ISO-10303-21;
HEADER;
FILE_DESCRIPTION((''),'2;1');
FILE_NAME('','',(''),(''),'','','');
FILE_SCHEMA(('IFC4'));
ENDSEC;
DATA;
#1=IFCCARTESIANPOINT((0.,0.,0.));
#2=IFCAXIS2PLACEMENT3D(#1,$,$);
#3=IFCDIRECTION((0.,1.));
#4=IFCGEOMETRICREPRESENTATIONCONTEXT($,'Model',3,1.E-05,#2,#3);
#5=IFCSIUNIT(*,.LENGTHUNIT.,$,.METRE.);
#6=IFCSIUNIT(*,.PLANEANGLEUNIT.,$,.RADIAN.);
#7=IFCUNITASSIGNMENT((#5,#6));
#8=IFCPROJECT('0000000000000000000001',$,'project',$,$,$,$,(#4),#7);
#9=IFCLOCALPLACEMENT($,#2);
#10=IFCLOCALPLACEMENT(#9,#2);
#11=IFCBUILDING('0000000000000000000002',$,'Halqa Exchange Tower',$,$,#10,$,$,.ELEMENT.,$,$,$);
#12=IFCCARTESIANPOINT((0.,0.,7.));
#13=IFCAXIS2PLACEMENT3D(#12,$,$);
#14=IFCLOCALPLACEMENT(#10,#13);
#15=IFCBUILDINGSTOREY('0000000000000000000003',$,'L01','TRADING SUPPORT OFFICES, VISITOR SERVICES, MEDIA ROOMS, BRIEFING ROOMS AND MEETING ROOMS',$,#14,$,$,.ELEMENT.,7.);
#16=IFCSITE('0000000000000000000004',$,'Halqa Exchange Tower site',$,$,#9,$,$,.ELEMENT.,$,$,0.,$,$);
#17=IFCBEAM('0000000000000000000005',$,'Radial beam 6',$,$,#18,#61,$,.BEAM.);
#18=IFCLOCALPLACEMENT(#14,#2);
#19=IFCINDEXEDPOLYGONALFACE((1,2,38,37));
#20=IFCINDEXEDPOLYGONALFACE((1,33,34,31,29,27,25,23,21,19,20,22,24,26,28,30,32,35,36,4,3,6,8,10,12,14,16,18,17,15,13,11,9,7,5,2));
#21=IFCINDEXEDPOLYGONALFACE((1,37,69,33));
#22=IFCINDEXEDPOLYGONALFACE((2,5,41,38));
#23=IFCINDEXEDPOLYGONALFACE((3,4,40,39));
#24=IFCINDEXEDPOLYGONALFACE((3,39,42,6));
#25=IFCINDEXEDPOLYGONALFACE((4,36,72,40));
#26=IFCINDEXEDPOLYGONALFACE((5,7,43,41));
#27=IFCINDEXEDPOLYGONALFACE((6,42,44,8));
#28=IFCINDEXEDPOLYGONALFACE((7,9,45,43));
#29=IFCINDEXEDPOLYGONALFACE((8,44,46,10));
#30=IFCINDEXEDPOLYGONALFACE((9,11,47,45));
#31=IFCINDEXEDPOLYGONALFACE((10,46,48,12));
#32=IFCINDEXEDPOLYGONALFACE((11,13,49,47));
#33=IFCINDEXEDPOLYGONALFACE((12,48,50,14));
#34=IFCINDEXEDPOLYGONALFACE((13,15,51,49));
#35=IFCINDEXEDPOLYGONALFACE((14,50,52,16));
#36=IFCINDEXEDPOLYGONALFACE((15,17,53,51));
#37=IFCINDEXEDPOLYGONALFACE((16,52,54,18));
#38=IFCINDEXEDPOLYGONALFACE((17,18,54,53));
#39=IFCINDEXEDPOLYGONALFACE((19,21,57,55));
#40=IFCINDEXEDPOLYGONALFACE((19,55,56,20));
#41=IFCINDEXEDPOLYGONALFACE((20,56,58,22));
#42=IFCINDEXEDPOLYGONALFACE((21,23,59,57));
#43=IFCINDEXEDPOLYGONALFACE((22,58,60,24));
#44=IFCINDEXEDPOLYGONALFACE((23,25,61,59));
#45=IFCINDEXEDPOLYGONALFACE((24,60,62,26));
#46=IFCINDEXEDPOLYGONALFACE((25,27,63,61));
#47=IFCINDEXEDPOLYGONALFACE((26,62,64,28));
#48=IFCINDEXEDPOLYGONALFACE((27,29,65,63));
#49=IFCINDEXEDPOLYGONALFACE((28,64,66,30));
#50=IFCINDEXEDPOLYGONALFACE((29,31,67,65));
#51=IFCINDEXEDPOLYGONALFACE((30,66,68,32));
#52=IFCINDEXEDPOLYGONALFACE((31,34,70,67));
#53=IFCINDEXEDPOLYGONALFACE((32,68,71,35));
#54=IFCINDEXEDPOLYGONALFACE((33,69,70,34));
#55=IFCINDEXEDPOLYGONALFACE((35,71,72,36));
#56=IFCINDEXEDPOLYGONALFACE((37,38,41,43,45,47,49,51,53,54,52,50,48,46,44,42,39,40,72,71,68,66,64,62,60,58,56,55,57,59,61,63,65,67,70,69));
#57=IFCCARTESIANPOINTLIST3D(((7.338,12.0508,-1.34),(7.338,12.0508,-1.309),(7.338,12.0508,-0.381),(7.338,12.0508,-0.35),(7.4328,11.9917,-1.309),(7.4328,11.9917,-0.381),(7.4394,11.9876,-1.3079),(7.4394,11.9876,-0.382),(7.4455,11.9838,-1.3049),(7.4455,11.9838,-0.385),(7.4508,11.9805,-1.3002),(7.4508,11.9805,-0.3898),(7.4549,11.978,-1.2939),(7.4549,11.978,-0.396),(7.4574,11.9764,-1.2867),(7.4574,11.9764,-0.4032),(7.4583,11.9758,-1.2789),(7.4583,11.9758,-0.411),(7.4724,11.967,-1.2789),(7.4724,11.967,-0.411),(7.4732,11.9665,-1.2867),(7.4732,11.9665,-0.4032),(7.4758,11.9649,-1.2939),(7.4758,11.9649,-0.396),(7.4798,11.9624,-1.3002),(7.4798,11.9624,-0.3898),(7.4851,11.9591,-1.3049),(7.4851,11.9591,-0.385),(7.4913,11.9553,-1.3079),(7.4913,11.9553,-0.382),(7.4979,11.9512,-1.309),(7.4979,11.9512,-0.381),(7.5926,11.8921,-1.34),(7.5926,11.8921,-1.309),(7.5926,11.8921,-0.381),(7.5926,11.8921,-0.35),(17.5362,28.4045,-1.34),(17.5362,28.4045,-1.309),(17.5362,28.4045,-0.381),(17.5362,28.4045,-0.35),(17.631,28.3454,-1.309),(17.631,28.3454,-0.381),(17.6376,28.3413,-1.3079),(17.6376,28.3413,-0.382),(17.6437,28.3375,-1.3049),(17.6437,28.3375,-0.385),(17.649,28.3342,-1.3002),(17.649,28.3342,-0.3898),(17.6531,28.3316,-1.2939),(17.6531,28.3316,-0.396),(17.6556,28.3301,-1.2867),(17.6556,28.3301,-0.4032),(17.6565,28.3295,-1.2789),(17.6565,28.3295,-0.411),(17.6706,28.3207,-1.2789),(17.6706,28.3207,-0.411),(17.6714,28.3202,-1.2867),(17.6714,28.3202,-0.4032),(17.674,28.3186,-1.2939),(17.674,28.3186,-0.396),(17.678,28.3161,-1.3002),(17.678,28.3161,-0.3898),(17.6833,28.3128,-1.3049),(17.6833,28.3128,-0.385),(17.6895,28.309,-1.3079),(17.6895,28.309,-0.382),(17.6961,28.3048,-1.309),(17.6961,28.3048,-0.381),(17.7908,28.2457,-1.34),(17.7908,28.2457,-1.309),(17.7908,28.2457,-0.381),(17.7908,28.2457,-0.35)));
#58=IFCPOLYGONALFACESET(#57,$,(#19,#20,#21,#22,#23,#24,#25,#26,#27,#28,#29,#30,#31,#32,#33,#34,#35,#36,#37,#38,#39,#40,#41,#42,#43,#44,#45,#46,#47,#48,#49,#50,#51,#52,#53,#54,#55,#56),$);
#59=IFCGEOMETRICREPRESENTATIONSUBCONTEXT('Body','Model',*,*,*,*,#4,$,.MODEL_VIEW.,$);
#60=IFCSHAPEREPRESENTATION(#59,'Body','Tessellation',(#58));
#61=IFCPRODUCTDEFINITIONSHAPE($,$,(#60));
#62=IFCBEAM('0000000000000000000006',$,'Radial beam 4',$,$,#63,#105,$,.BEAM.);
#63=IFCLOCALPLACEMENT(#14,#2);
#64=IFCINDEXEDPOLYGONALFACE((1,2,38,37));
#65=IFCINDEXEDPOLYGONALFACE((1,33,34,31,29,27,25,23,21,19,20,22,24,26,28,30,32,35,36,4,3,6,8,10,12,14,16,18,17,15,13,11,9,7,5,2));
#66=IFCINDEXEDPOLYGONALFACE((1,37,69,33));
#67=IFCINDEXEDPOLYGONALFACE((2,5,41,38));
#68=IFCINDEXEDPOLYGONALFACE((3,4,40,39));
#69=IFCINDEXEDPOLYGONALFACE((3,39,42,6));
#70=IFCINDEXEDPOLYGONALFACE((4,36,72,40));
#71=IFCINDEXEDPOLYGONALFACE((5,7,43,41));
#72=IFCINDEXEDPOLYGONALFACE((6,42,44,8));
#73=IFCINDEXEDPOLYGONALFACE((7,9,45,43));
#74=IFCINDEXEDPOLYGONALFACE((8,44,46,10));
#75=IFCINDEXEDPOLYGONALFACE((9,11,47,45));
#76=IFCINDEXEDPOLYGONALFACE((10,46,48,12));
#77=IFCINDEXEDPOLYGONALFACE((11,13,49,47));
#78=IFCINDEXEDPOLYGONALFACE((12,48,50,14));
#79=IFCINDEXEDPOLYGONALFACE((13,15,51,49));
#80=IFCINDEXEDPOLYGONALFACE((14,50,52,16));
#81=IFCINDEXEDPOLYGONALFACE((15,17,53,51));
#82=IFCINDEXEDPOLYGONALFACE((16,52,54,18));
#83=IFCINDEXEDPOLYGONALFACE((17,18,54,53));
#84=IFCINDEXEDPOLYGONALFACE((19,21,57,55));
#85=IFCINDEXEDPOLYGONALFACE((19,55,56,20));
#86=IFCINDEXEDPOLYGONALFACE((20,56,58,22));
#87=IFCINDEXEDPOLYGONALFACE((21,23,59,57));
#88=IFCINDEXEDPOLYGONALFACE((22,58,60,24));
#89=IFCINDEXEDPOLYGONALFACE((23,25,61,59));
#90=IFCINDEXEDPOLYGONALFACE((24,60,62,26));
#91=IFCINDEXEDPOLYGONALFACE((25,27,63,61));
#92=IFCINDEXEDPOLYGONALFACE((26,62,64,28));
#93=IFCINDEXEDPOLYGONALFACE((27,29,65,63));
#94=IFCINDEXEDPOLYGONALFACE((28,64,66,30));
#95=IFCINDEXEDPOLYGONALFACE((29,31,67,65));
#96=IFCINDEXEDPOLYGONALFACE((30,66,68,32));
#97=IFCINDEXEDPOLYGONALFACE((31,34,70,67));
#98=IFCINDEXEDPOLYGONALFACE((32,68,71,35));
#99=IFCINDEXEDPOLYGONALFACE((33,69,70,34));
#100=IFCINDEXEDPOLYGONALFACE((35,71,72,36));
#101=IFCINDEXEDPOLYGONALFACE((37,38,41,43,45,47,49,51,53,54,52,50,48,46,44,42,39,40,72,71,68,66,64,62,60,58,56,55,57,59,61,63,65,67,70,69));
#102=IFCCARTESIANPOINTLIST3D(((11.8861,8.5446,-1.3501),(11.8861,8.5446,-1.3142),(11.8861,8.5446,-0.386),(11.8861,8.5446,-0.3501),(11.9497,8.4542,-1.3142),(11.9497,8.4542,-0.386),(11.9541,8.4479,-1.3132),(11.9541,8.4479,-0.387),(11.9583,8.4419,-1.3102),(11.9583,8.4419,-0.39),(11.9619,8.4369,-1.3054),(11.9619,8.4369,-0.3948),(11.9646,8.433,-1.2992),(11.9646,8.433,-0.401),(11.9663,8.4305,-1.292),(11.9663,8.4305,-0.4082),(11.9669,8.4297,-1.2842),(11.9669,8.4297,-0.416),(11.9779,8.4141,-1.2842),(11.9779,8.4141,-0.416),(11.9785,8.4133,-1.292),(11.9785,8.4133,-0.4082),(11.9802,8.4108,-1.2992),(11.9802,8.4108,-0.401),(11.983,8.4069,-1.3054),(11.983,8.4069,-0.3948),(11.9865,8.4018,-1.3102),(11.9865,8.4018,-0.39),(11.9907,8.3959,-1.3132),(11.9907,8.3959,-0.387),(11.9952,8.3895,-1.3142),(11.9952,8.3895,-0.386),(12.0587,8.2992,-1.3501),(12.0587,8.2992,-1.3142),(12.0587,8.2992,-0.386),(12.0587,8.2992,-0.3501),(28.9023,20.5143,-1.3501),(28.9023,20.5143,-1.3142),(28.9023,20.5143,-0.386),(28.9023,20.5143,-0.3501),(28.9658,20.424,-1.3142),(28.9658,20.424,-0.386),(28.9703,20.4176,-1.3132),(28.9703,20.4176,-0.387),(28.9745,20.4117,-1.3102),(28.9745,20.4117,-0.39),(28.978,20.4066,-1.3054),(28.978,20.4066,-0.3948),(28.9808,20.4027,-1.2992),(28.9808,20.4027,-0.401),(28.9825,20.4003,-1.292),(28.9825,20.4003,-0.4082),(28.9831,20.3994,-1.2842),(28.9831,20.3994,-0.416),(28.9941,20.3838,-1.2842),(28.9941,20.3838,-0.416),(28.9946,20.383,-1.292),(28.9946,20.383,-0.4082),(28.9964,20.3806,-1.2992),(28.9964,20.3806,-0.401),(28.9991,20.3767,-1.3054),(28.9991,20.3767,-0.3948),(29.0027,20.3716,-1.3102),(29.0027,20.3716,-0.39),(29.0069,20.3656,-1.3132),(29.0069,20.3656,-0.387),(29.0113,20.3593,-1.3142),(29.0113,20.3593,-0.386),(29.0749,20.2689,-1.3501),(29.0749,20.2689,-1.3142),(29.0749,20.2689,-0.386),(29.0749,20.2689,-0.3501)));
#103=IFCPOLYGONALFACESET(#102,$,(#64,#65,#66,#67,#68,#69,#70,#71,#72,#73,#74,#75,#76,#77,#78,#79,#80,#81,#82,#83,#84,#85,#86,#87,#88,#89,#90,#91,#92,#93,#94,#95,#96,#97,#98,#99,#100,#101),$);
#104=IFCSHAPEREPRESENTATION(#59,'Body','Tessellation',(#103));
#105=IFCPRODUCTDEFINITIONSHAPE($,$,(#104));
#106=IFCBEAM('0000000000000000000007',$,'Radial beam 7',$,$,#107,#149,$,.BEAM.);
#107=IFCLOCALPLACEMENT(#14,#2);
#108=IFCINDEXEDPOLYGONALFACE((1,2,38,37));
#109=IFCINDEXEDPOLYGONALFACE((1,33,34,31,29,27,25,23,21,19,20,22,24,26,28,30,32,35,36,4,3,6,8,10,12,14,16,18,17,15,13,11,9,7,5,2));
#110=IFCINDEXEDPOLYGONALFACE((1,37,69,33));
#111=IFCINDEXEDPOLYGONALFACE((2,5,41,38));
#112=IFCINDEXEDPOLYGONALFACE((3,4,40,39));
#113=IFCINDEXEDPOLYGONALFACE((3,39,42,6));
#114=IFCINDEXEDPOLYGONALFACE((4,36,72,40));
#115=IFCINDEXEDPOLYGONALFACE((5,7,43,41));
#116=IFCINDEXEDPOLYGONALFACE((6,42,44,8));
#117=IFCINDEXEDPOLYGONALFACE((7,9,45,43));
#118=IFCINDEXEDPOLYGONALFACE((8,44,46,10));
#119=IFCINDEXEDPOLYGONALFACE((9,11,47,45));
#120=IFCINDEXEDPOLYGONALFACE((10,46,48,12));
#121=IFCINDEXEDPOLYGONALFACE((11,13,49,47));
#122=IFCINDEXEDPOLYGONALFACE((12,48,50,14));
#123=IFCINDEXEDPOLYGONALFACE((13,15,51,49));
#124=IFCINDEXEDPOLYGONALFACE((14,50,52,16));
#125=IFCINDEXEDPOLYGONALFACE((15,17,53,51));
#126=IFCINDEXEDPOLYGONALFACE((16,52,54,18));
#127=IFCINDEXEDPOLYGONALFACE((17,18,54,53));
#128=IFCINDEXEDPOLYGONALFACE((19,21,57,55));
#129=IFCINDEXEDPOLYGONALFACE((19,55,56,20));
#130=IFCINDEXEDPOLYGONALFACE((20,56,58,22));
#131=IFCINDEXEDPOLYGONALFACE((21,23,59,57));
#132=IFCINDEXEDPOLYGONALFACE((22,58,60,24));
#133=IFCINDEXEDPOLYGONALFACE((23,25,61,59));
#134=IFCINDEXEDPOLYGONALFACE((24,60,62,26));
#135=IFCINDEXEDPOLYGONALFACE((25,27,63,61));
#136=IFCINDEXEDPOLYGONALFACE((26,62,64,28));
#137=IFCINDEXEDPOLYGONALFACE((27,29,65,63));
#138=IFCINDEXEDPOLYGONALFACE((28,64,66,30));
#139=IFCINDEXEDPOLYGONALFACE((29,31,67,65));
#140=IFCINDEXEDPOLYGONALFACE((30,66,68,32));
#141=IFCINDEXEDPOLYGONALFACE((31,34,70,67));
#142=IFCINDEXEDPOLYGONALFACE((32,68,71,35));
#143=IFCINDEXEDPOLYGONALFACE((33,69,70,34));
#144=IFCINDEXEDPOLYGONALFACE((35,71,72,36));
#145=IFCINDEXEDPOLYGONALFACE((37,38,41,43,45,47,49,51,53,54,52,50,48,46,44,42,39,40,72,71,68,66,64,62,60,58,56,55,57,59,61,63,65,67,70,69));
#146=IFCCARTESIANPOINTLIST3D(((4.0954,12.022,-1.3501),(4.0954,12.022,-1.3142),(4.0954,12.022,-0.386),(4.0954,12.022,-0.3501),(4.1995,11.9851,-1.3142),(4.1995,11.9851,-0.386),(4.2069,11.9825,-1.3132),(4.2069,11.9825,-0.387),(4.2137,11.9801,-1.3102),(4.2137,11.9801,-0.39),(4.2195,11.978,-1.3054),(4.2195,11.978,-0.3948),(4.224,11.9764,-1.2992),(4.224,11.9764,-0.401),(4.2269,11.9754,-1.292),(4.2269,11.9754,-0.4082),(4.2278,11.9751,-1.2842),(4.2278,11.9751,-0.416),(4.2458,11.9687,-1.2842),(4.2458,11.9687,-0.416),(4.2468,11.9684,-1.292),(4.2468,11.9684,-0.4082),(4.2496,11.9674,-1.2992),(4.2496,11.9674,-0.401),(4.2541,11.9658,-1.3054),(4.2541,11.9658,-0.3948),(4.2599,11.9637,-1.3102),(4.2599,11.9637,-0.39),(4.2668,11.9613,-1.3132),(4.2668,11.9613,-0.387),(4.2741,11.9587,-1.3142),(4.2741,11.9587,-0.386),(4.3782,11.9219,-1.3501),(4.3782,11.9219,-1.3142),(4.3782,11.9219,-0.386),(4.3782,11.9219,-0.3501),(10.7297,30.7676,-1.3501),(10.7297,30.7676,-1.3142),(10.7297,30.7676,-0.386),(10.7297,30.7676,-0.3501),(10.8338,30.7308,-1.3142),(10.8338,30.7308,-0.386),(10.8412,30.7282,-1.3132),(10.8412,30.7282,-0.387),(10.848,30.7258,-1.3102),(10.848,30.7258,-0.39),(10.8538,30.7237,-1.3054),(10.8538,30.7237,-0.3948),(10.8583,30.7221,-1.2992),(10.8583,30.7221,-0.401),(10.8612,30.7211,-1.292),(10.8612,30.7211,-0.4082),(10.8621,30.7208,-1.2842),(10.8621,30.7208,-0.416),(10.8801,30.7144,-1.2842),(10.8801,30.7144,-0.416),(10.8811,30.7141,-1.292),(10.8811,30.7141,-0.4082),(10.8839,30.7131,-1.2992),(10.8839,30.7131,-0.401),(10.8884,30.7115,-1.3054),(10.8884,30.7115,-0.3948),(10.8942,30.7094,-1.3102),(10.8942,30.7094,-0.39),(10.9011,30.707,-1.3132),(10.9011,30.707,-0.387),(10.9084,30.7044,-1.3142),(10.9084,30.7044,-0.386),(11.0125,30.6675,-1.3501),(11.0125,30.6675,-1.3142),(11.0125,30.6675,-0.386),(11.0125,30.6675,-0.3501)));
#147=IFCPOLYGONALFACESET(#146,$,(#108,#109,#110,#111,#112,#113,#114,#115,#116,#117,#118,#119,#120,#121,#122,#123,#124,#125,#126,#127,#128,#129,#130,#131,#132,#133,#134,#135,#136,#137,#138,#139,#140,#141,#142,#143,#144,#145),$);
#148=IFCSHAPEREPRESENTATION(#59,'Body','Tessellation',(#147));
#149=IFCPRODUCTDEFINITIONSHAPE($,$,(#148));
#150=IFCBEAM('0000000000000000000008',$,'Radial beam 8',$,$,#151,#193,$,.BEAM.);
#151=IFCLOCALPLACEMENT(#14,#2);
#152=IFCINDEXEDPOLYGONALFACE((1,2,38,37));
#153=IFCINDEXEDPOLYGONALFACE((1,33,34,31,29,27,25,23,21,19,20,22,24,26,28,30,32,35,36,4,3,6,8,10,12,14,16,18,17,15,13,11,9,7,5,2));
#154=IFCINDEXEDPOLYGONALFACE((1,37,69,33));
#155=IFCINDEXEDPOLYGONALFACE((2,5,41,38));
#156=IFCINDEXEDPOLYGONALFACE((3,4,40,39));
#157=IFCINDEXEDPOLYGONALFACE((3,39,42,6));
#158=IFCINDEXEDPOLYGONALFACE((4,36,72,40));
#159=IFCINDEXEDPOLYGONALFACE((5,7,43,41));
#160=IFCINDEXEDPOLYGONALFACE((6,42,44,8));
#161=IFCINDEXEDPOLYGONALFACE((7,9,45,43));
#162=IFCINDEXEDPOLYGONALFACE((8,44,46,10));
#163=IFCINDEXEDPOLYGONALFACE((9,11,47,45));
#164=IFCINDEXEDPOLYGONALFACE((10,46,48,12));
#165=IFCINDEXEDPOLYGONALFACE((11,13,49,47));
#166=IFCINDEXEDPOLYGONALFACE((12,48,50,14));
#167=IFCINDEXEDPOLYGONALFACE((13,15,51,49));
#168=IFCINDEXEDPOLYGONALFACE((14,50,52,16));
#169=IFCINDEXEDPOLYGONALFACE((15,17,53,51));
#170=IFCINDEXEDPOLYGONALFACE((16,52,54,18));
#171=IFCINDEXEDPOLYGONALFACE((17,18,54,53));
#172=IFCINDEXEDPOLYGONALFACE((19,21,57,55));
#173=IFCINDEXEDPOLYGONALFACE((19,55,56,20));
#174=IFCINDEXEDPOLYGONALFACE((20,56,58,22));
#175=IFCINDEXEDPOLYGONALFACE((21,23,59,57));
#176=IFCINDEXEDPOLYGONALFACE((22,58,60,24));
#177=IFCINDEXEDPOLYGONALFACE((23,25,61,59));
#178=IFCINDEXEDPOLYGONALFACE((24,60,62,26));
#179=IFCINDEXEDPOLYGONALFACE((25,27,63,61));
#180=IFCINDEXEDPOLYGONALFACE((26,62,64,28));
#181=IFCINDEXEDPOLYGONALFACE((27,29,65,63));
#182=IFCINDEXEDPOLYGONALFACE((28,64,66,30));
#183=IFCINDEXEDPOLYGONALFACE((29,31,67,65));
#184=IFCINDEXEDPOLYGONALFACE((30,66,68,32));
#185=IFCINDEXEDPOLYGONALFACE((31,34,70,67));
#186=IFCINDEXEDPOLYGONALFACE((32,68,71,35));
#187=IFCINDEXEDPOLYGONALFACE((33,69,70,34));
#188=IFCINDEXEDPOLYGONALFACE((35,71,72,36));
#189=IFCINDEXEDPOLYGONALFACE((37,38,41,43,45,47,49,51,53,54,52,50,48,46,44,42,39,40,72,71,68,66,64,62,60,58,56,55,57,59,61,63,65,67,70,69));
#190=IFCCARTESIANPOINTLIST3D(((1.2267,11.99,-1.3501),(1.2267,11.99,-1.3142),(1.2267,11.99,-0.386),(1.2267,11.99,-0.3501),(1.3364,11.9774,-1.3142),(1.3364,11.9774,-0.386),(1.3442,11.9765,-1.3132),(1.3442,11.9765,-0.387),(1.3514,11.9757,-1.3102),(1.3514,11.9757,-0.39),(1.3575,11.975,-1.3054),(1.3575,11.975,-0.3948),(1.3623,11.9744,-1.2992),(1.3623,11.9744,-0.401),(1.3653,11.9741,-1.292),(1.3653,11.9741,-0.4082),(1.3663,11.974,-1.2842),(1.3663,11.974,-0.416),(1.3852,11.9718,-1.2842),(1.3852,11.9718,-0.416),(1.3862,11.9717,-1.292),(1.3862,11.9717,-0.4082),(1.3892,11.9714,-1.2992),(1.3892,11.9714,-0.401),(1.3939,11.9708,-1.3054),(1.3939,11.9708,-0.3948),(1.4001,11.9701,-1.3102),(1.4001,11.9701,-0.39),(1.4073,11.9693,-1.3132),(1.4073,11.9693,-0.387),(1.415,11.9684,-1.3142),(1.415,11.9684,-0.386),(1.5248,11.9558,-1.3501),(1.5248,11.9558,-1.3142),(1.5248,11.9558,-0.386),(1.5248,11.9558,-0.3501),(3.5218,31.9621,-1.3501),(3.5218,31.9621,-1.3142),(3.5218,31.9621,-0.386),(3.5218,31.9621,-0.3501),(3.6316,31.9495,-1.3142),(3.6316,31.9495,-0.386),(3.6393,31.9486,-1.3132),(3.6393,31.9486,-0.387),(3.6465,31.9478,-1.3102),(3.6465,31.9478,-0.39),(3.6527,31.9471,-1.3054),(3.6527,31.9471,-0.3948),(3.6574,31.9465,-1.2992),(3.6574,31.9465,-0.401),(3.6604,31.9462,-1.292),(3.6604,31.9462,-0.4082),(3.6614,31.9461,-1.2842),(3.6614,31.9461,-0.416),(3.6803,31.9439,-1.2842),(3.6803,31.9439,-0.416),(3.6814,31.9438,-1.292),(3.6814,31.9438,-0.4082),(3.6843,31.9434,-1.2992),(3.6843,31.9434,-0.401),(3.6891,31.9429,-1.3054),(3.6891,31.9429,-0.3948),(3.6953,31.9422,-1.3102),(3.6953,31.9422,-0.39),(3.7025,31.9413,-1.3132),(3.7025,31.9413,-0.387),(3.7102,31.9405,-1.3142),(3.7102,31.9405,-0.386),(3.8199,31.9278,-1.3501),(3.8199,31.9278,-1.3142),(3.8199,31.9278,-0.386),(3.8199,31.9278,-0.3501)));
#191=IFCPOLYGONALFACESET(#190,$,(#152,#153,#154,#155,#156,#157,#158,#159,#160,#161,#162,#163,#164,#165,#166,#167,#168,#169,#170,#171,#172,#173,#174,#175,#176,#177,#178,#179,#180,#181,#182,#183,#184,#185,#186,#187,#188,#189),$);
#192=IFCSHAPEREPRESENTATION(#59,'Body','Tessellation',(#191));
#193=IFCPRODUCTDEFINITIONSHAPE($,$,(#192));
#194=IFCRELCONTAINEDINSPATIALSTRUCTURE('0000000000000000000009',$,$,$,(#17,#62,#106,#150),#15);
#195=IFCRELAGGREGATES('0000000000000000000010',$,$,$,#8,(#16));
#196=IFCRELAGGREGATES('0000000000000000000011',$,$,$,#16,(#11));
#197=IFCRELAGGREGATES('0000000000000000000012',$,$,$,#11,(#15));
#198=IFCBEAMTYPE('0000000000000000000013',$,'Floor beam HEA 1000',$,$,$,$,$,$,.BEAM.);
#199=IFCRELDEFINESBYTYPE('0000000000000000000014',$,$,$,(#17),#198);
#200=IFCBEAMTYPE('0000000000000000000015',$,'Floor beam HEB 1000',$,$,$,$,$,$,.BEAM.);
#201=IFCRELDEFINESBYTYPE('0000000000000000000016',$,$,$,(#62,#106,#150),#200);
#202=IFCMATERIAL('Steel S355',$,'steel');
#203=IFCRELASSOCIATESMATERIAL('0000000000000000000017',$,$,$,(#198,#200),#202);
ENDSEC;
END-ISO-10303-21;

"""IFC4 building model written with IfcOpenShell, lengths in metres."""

from ifc_helpers import new_model, si_unit, direction, frame, origin, origin_2d, place, context, subcontext, project, spatial, i_section, extrude, material, material_profile, profile_set, type_object, element, save


model = new_model("IFC4")

# Units and contexts
model_context = context("Model", 3, precision=1e-05, world=origin(), true_north=direction((0.0, 1.0)))
body_context = subcontext(model_context, "Body", "Model", "MODEL_VIEW")
ifc_project = project(units=[si_unit("LENGTHUNIT", "METRE"), si_unit("PLANEANGLEUNIT", "RADIAN")], contexts=[model_context])

# Site, building, storey
site_placement = place(None, origin())
site = spatial("IfcSite", under=ifc_project, at=site_placement, Name="Halqa Exchange Tower site", CompositionType="ELEMENT", RefElevation=0.0)
building_placement = place(site_placement, origin())
building = spatial("IfcBuilding", under=site, at=building_placement, Name="Halqa Exchange Tower", CompositionType="ELEMENT")
storey_placement = place(building_placement, frame((0.0, 0.0, 7.0)))
storey = spatial("IfcBuildingStorey", under=building, at=storey_placement, Name="L01", Description="TRADING SUPPORT OFFICES, VISITOR SERVICES, MEDIA ROOMS, BRIEFING ROOMS AND MEETING ROOMS", CompositionType="ELEMENT", Elevation=7.0)

# Beams
ifc_material_1 = material(Name="Steel S355", Category="steel")
ifc_material_profile_1 = material_profile(ifc_material_1, i_section(OverallWidth=0.3, OverallDepth=0.99, WebThickness=0.0166, FlangeThickness=0.031, FilletRadius=0.03, at=origin_2d()), Name="HEA 1000")
ifc_profile_set_1 = profile_set([ifc_material_profile_1], Name="Steel S355")
beam_type_1 = type_object("IfcBeamType", Name="Floor beam HEA 1000", PredefinedType="BEAM", material=ifc_profile_set_1)
beam_1_placement = place(storey_placement, frame((7.4653, 11.9714, -0.845), z_axis=(0.529146, 0.848531, 0.0), x_axis=(-0.848531, 0.529146, 0.0)))
element("IfcBeam", 1, at=beam_1_placement, inside=storey, type_object=beam_type_1, Name="Radial beam 6", PredefinedType="BEAM", context=body_context, shape_type="SweptSolid", body=[
    extrude(i_section(OverallWidth=0.3, OverallDepth=0.99, WebThickness=0.0166, FlangeThickness=0.031, FilletRadius=0.03, at=origin_2d()), origin(), (0.0, 0.0, 1.0), 19.2729),
])
ifc_material_profile_2 = material_profile(ifc_material_1, i_section(OverallWidth=0.3, OverallDepth=1.0, WebThickness=0.019, FlangeThickness=0.0359, FilletRadius=0.03, at=origin_2d()), Name="HEB 1000")
ifc_profile_set_2 = profile_set([ifc_material_profile_2], Name="Steel S355")
beam_type_2 = type_object("IfcBeamType", Name="Floor beam HEB 1000", PredefinedType="BEAM", material=ifc_profile_set_2)
beam_2_placement = place(storey_placement, frame((11.9724, 8.4219, -0.8501), z_axis=(0.81791, 0.575346, 0.0), x_axis=(-0.575346, 0.81791, 0.0)))
element("IfcBeam", 2, at=beam_2_placement, inside=storey, type_object=beam_type_2, Name="Radial beam 4", PredefinedType="BEAM", context=body_context, shape_type="SweptSolid", body=[
    extrude(i_section(OverallWidth=0.3, OverallDepth=1.0, WebThickness=0.019, FlangeThickness=0.0359, FilletRadius=0.03, at=origin_2d()), origin(), (0.0, 0.0, 1.0), 20.8044),
])
beam_3_placement = place(storey_placement, frame((4.2368, 11.9719, -0.8501), z_axis=(0.333633, 0.942703, 0.0), x_axis=(-0.942703, 0.333633, 0.0)))
element("IfcBeam", 3, at=beam_3_placement, inside=storey, type_object=beam_type_2, Name="Radial beam 7", PredefinedType="BEAM", context=body_context, shape_type="SweptSolid", body=[
    extrude(i_section(OverallWidth=0.3, OverallDepth=1.0, WebThickness=0.019, FlangeThickness=0.0359, FilletRadius=0.03, at=origin_2d()), origin(), (0.0, 0.0, 1.0), 19.885),
])
beam_4_placement = place(storey_placement, frame((1.3757, 11.9729, -0.8501), z_axis=(0.114167, 0.993462, 0.0), x_axis=(-0.993462, 0.114167, 0.0)))
element("IfcBeam", 4, at=beam_4_placement, inside=storey, type_object=beam_type_2, Name="Radial beam 8", PredefinedType="BEAM", context=body_context, shape_type="SweptSolid", body=[
    extrude(i_section(OverallWidth=0.3, OverallDepth=1.0, WebThickness=0.019, FlangeThickness=0.0359, FilletRadius=0.03, at=origin_2d()), origin(), (0.0, 0.0, 1.0), 20.1035),
])

save(model, "model.ifc")
